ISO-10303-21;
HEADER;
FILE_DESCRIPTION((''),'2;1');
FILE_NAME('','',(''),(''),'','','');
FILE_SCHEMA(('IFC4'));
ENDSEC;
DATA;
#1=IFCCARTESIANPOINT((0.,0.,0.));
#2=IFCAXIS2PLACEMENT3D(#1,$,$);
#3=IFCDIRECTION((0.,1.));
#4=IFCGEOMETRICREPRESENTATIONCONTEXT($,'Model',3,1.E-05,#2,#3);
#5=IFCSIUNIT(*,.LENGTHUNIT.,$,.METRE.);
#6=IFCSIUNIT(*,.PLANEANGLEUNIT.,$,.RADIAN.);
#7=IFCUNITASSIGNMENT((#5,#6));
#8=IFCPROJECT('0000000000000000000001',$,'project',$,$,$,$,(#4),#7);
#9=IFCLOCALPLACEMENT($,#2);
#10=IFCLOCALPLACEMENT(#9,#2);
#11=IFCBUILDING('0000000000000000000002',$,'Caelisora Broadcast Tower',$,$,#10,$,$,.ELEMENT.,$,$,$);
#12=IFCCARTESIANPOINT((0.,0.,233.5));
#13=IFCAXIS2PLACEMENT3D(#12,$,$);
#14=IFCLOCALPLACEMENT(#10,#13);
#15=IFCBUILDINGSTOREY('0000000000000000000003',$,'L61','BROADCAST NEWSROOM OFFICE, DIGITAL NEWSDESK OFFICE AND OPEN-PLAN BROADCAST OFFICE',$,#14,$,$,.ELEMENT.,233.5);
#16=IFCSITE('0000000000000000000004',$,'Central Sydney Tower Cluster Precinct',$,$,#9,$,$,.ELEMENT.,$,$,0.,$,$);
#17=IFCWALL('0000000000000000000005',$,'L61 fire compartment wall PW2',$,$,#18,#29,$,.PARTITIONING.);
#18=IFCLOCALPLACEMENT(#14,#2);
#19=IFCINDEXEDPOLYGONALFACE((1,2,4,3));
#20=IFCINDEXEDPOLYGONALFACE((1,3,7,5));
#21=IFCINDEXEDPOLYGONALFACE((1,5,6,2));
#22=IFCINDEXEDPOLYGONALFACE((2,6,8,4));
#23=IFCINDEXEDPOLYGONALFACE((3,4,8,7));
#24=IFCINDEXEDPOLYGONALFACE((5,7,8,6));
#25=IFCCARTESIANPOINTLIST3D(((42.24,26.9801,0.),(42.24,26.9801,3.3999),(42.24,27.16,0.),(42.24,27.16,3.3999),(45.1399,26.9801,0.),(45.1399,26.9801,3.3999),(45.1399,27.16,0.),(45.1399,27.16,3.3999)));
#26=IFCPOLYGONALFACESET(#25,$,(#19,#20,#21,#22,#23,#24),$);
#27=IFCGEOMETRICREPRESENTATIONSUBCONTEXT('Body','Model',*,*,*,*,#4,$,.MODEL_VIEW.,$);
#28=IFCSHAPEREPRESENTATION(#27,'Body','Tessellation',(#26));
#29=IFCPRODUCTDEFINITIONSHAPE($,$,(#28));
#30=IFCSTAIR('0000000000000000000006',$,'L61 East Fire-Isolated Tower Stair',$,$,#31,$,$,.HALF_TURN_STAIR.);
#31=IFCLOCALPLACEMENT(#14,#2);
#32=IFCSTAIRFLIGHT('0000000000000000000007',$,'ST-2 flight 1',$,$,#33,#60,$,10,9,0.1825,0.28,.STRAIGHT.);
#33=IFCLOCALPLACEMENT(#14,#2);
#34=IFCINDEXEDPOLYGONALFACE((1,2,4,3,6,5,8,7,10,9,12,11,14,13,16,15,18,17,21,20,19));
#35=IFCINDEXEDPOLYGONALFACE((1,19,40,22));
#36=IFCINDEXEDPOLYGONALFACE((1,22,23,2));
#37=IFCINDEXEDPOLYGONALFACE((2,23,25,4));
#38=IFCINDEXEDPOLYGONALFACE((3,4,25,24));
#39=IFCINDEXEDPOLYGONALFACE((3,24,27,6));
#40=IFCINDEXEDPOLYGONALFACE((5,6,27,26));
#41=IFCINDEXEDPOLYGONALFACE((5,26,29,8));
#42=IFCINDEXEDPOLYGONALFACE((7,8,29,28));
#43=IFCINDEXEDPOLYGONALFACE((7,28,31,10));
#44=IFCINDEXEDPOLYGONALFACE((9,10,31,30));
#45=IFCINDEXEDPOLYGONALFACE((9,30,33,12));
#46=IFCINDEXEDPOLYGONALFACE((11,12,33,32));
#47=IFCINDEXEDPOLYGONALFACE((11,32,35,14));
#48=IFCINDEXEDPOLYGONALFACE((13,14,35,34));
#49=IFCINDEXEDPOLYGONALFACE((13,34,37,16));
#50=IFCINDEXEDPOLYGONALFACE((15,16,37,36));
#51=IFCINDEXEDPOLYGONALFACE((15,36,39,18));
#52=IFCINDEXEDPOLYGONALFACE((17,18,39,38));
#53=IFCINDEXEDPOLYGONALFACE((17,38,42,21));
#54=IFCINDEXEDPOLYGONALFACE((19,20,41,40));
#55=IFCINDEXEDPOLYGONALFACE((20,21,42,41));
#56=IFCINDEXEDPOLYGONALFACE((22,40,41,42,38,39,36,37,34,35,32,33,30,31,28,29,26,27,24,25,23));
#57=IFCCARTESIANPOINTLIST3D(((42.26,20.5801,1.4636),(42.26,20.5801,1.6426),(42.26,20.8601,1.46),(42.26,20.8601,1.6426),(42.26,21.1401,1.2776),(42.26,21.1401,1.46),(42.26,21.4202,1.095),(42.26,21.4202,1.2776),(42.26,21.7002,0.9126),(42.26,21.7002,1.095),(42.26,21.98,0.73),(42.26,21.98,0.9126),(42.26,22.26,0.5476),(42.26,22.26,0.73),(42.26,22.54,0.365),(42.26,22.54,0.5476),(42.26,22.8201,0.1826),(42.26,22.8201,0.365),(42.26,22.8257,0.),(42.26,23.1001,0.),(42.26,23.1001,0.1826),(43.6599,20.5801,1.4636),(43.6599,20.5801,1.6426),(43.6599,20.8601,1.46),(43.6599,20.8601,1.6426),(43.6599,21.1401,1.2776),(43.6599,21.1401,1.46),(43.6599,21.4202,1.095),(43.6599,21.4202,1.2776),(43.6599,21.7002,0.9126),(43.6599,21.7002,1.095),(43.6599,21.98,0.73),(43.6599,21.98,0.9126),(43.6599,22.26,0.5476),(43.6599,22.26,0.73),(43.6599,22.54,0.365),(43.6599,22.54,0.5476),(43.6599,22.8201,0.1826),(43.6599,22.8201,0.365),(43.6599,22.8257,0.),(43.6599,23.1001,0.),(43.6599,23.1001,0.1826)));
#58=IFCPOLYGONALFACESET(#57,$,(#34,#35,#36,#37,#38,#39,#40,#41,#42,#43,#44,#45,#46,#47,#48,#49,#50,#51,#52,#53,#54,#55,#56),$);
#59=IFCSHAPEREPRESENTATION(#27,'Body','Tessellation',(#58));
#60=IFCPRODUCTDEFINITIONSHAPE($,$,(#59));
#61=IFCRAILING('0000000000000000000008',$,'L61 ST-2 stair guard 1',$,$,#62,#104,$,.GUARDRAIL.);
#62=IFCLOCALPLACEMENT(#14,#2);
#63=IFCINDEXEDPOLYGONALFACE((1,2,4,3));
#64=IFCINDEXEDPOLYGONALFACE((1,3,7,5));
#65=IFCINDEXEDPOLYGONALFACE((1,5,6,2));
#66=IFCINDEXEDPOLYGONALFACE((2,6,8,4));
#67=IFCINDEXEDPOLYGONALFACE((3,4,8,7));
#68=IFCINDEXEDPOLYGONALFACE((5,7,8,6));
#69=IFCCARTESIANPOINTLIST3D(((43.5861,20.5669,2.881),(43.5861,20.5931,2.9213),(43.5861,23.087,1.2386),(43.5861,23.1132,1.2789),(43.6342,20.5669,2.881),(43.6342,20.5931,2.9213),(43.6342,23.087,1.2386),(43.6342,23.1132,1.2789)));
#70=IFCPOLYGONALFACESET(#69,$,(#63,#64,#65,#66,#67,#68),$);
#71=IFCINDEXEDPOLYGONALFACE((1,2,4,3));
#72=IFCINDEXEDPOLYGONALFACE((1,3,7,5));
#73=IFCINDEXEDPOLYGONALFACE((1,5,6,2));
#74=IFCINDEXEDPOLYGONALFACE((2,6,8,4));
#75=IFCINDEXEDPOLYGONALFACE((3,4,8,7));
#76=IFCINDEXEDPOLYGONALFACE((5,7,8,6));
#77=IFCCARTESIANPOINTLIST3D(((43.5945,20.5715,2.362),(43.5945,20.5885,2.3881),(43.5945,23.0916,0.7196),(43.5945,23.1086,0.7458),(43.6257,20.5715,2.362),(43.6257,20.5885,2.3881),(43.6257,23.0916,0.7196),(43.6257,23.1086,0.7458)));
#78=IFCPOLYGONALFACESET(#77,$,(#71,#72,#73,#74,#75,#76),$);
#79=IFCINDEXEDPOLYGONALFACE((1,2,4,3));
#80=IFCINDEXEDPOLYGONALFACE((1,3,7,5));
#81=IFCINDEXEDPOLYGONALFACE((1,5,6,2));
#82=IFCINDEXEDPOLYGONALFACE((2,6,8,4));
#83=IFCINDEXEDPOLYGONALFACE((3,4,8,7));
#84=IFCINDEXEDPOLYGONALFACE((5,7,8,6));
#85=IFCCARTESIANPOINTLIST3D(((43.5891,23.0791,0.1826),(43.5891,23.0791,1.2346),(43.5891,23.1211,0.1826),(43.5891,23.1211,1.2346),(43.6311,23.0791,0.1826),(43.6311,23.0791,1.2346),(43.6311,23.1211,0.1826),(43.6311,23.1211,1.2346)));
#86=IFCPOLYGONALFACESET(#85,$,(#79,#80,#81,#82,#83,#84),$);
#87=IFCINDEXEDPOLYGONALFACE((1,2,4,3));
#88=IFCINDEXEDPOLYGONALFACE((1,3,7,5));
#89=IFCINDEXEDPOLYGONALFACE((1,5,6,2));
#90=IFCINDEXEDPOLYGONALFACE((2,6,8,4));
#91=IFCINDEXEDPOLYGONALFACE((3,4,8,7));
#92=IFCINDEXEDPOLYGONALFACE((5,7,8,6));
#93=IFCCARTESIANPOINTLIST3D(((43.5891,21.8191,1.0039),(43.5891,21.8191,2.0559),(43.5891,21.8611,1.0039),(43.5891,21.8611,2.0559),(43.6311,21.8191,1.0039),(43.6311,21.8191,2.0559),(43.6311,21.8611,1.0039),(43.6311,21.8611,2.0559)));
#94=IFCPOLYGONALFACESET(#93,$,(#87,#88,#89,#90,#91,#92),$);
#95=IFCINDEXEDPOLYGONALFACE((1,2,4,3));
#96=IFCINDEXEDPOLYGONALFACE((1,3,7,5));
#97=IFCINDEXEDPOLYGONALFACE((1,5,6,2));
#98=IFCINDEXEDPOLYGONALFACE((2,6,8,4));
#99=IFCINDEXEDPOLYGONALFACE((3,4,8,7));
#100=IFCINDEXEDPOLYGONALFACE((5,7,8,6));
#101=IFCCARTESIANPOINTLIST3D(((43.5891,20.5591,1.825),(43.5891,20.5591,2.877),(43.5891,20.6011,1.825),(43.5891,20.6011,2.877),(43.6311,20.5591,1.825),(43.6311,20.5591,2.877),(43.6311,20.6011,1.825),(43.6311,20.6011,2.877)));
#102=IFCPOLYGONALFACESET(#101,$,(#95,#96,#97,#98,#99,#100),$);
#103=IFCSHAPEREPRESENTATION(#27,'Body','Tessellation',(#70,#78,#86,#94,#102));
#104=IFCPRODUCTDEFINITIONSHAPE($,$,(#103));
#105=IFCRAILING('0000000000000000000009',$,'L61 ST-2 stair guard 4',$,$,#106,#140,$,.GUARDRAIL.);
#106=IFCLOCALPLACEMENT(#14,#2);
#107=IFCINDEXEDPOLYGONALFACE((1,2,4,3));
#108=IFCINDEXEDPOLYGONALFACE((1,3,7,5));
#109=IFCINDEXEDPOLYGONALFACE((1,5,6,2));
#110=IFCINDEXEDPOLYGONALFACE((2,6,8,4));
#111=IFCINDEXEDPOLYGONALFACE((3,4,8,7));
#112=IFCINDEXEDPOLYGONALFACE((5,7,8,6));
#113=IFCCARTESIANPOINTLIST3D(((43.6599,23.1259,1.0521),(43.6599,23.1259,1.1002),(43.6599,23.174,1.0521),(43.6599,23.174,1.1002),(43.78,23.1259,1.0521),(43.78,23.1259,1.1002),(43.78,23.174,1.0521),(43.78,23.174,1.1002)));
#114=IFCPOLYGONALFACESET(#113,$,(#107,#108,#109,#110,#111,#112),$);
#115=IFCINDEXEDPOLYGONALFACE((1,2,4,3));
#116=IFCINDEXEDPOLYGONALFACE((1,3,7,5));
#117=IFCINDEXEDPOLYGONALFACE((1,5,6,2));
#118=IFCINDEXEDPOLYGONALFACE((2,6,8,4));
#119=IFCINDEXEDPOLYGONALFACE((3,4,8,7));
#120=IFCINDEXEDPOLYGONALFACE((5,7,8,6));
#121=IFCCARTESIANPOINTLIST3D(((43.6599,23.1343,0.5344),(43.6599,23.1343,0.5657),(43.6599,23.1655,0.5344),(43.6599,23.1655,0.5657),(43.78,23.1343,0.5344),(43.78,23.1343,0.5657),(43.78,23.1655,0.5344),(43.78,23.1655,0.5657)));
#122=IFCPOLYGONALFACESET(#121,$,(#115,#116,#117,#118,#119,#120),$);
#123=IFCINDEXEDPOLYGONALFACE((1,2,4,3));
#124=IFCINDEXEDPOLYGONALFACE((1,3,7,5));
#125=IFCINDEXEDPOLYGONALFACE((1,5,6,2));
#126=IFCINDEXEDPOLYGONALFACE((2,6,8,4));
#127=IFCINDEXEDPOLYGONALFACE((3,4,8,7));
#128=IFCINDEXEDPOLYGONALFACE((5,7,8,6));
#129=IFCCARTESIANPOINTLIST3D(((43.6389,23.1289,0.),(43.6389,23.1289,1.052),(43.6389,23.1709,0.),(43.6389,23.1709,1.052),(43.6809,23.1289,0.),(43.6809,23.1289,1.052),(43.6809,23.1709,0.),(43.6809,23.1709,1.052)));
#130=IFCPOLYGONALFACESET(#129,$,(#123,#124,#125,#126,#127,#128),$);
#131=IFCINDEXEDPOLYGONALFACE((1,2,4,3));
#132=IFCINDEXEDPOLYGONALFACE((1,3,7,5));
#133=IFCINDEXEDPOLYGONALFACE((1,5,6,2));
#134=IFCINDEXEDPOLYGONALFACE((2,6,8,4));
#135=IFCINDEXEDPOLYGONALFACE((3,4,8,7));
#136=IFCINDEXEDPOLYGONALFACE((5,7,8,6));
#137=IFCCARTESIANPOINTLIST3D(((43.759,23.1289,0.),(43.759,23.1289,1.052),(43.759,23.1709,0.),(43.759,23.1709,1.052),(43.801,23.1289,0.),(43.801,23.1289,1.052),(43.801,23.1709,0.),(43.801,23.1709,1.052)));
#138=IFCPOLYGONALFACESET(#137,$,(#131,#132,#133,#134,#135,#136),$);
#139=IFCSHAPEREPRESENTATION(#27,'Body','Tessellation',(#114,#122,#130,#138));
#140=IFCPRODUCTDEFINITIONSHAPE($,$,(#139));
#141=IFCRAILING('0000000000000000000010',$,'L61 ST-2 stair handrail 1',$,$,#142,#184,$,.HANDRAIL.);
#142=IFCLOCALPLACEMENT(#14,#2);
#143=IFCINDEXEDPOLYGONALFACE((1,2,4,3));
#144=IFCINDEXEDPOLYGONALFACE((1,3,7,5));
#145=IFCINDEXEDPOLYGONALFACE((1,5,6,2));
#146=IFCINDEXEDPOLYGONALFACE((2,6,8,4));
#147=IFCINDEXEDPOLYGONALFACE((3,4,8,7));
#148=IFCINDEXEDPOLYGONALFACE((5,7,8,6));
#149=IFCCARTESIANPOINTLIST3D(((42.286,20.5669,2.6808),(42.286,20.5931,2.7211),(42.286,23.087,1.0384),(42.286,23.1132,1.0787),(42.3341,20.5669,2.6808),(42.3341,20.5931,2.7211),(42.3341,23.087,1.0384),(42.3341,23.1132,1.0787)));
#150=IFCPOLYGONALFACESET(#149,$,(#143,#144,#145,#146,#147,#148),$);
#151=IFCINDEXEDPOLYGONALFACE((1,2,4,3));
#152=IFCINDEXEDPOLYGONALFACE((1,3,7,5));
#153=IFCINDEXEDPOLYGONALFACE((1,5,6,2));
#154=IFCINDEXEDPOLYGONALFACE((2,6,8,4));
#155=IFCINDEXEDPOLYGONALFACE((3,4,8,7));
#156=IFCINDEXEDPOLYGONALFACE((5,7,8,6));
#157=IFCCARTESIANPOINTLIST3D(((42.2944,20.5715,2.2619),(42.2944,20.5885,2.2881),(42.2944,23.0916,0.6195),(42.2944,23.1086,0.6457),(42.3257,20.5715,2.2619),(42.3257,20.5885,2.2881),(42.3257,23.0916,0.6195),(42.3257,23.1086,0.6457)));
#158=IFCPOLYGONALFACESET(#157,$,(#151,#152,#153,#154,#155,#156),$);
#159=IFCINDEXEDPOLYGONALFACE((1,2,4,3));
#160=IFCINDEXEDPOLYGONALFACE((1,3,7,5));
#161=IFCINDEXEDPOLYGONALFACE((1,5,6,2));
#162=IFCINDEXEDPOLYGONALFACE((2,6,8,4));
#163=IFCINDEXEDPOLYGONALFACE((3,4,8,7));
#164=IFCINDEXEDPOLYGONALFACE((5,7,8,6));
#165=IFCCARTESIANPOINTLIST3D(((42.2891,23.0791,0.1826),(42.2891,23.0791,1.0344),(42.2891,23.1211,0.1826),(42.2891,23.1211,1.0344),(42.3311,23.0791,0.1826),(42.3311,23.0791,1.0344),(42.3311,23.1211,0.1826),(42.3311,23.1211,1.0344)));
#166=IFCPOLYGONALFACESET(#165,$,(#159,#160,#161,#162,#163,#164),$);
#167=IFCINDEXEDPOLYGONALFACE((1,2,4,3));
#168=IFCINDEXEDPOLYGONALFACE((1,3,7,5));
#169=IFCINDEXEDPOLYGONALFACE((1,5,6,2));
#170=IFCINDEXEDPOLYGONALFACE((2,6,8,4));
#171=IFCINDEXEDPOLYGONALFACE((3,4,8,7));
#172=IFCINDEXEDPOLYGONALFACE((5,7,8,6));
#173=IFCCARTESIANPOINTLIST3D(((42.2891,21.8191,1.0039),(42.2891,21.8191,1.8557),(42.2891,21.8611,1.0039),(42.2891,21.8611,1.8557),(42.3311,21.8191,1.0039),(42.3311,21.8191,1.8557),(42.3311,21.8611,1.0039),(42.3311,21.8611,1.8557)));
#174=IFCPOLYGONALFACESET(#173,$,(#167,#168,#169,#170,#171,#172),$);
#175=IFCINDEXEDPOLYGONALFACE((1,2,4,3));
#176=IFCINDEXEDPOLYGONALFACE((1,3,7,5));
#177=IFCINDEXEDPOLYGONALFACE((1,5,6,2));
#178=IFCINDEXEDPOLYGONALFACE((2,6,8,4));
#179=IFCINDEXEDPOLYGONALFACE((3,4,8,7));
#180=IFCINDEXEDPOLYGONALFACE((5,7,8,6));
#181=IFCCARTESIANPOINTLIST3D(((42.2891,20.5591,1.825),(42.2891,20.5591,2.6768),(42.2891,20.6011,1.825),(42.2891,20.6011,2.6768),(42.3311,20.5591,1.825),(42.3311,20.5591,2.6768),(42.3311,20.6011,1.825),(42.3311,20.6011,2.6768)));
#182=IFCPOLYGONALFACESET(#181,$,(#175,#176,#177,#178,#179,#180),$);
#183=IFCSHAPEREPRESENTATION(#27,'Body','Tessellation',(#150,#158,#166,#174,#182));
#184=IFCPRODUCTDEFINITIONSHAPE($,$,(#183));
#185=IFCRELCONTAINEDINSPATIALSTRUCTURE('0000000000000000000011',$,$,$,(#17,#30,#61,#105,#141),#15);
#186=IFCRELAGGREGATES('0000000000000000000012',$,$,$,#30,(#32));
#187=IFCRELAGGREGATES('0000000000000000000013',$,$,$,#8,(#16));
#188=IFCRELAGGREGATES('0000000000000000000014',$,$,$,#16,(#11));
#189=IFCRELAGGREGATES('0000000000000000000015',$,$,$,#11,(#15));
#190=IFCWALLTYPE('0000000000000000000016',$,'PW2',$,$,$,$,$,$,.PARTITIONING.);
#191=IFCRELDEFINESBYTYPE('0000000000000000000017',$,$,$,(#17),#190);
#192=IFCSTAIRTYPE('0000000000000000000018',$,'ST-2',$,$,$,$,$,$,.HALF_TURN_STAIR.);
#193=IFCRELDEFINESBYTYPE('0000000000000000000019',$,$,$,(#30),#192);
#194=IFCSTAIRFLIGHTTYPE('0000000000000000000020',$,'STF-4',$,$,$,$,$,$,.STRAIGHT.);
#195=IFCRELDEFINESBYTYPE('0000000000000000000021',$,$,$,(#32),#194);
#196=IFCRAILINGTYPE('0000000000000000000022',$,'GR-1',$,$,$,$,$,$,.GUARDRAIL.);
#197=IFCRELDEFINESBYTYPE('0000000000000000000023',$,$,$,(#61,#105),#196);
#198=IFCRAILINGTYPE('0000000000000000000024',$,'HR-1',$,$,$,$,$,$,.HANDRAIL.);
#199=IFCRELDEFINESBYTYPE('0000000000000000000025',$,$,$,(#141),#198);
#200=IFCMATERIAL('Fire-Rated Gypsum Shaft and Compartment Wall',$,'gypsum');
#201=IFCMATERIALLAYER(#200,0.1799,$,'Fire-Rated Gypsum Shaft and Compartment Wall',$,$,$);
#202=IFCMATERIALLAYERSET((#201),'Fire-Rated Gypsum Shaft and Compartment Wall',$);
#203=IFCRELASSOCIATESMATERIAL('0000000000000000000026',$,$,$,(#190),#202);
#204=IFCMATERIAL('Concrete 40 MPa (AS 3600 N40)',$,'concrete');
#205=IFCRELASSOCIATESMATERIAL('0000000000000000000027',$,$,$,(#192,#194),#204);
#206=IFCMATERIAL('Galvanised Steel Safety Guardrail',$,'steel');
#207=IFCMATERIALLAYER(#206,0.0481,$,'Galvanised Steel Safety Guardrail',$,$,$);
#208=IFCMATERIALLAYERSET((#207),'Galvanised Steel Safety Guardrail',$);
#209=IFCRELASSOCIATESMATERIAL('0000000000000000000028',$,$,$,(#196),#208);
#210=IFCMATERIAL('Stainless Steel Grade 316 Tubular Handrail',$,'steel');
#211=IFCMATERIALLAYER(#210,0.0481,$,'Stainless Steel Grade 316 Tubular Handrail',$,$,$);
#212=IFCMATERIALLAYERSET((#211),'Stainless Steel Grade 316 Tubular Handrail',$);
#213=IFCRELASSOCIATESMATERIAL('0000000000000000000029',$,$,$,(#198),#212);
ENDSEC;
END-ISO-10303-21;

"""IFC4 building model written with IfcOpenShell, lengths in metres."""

from ifc_helpers import new_model, si_unit, direction, frame, frame_2d, origin, origin_2d, place, context, subcontext, project, spatial, polyline, rectangle, outline, extrude, material, layer, layer_set, type_object, element, aggregate, save


model = new_model("IFC4")

# Units and contexts
model_context = context("Model", 3, precision=1e-05, world=origin(), true_north=direction((0.0, 1.0)))
body_context = subcontext(model_context, "Body", "Model", "MODEL_VIEW")
ifc_project = project(units=[si_unit("LENGTHUNIT", "METRE"), si_unit("PLANEANGLEUNIT", "RADIAN")], contexts=[model_context])

# Site, building, storey
site_placement = place(None, origin())
site = spatial("IfcSite", under=ifc_project, at=site_placement, Name="Central Sydney Tower Cluster Precinct", CompositionType="ELEMENT", RefElevation=0.0)
building_placement = place(site_placement, origin())
building = spatial("IfcBuilding", under=site, at=building_placement, Name="Caelisora Broadcast Tower", CompositionType="ELEMENT")
storey_placement = place(building_placement, frame((0.0, 0.0, 233.5)))
storey = spatial("IfcBuildingStorey", under=building, at=storey_placement, Name="L61", Description="BROADCAST NEWSROOM OFFICE, DIGITAL NEWSDESK OFFICE AND OPEN-PLAN BROADCAST OFFICE", CompositionType="ELEMENT", Elevation=233.5)

# Shared definitions
ifc_material_1 = material(Name="Concrete 40 MPa (AS 3600 N40)", Category="concrete")

# Shared definitions
ifc_material_2 = material(Name="Fire-Rated Gypsum Shaft and Compartment Wall", Category="gypsum")
ifc_layer_1 = layer(ifc_material_2, 0.1799, Name="Fire-Rated Gypsum Shaft and Compartment Wall")
ifc_layer_set_1 = layer_set([ifc_layer_1], Name="Fire-Rated Gypsum Shaft and Compartment Wall")
wall_type_1 = type_object("IfcWallType", Name="PW2", PredefinedType="PARTITIONING", material=ifc_layer_set_1)

# Wall
wall_1_placement = place(storey_placement, frame((42.24, 27.0701, 0.0), z_axis=(0.0, 0.0, 1.0), x_axis=(1.0, 0.0, 0.0)))
element("IfcWall", 1, at=wall_1_placement, inside=storey, type_object=wall_type_1, Name="L61 fire compartment wall PW2", PredefinedType="PARTITIONING", context=body_context, shape_type="SweptSolid", body=[
    extrude(rectangle(XDim=2.8999, YDim=0.1799, at=frame_2d((1.45, 0.0))), origin(), (0.0, 0.0, 1.0), 3.3999),
])

# Stair, stair flight
stair_type = type_object("IfcStairType", Name="ST-2", PredefinedType="HALF_TURN_STAIR", material=ifc_material_1)
stair_placement = place(storey_placement, origin())
stair = element("IfcStair", 2, at=stair_placement, inside=storey, type_object=stair_type, Name="L61 East Fire-Isolated Tower Stair", PredefinedType="HALF_TURN_STAIR")
stair_flight_type = type_object("IfcStairFlightType", Name="STF-4", PredefinedType="STRAIGHT", material=ifc_material_1)
stair_flight_placement = place(storey_placement, frame((42.96, 23.1001, 0.0), z_axis=(0.0, 0.0, 1.0), x_axis=(0.0, -1.0, 0.0)))
stair_flight = element("IfcStairFlight", 3, at=stair_flight_placement, type_object=stair_flight_type, Name="ST-2 flight 1", NumberOfRisers=10, NumberOfTreads=9, PredefinedType="STRAIGHT", RiserHeight=0.1825, TreadLength=0.28, context=body_context, shape_type="SweptSolid", body=[
    extrude(outline(polyline([(0.0, 0.0), (0.0, 0.1826), (0.28, 0.1826), (0.28, 0.365), (0.5601, 0.365), (0.5601, 0.5476), (0.8401, 0.5476), (0.8401, 0.73), (1.1201, 0.73), (1.1201, 0.9126), (1.3999, 0.9126), (1.3999, 1.095), (1.6799, 1.095), (1.6799, 1.2776), (1.96, 1.2776), (1.96, 1.46), (2.24, 1.46), (2.24, 1.6426), (2.52, 1.6426), (2.52, 1.825), (2.52, 1.4636), (0.2744, 0.0), (0.0, 0.0)])), frame((0.0, 0.7, 0.0), z_axis=(0.0, -1.0, 0.0), x_axis=(1.0, 0.0, 0.0)), (0.0, 0.0, 1.0), 1.3999),
])
aggregate(stair, [stair_flight])

# Railings
ifc_material_3 = material(Name="Galvanised Steel Safety Guardrail", Category="steel")
ifc_layer_2 = layer(ifc_material_3, 0.0481, Name="Galvanised Steel Safety Guardrail")
ifc_layer_set_2 = layer_set([ifc_layer_2], Name="Galvanised Steel Safety Guardrail")
railing_type_1 = type_object("IfcRailingType", Name="GR-1", PredefinedType="GUARDRAIL", material=ifc_layer_set_2)
railing_1_placement = place(storey_placement, frame((43.6101, 23.1001, 0.1826)))
element("IfcRailing", 4, at=railing_1_placement, inside=storey, type_object=railing_type_1, Name="L61 ST-2 stair guard 1", PredefinedType="GUARDRAIL", context=body_context, shape_type="SweptSolid", body=[
    extrude(rectangle(XDim=0.0481, YDim=0.0481, at=origin_2d()), frame((0.0, 0.0, 1.0762), z_axis=(0.0, -0.837787, 0.545998), x_axis=(1.0, 0.0, 0.0)), (0.0, 0.0, 1.0), 3.0081),
    extrude(rectangle(XDim=0.0312, YDim=0.0312, at=origin_2d()), frame((0.0, 0.0, 0.55), z_axis=(0.0, -0.837787, 0.545998), x_axis=(1.0, 0.0, 0.0)), (0.0, 0.0, 1.0), 3.0081),
    extrude(rectangle(XDim=0.042, YDim=0.042, at=origin_2d()), origin(), (0.0, 0.0, 1.0), 1.052),
    extrude(rectangle(XDim=0.042, YDim=0.042, at=origin_2d()), frame((0.0, -1.26, 0.8213)), (0.0, 0.0, 1.0), 1.052),
    extrude(rectangle(XDim=0.042, YDim=0.042, at=origin_2d()), frame((0.0, -2.52, 1.6423)), (0.0, 0.0, 1.0), 1.052),
])
railing_2_placement = place(storey_placement, frame((43.6599, 23.1499, 0.0)))
element("IfcRailing", 5, at=railing_2_placement, inside=storey, type_object=railing_type_1, Name="L61 ST-2 stair guard 4", PredefinedType="GUARDRAIL", context=body_context, shape_type="SweptSolid", body=[
    extrude(rectangle(XDim=0.0481, YDim=0.0481, at=origin_2d()), frame((0.0, 0.0, 1.0762), z_axis=(1.0, 0.0, 0.0), x_axis=(0.0, 1.0, 0.0)), (0.0, 0.0, 1.0), 0.1201),
    extrude(rectangle(XDim=0.0312, YDim=0.0312, at=origin_2d()), frame((0.0, 0.0, 0.55), z_axis=(1.0, 0.0, 0.0), x_axis=(0.0, 1.0, 0.0)), (0.0, 0.0, 1.0), 0.1201),
    extrude(rectangle(XDim=0.042, YDim=0.042, at=origin_2d()), origin(), (0.0, 0.0, 1.0), 1.052),
    extrude(rectangle(XDim=0.042, YDim=0.042, at=origin_2d()), frame((0.1201, 0.0, 0.0)), (0.0, 0.0, 1.0), 1.052),
])
ifc_material_4 = material(Name="Stainless Steel Grade 316 Tubular Handrail", Category="steel")
ifc_layer_3 = layer(ifc_material_4, 0.0481, Name="Stainless Steel Grade 316 Tubular Handrail")
ifc_layer_set_3 = layer_set([ifc_layer_3], Name="Stainless Steel Grade 316 Tubular Handrail")
railing_type_2 = type_object("IfcRailingType", Name="HR-1", PredefinedType="HANDRAIL", material=ifc_layer_set_3)
railing_3_placement = place(storey_placement, frame((42.3101, 23.1001, 0.1826)))
element("IfcRailing", 6, at=railing_3_placement, inside=storey, type_object=railing_type_2, Name="L61 ST-2 stair handrail 1", PredefinedType="HANDRAIL", context=body_context, shape_type="SweptSolid", body=[
    extrude(rectangle(XDim=0.0481, YDim=0.0481, at=origin_2d()), frame((0.0, 0.0, 0.876), z_axis=(0.0, -0.837787, 0.545998), x_axis=(1.0, 0.0, 0.0)), (0.0, 0.0, 1.0), 3.0081),
    extrude(rectangle(XDim=0.0312, YDim=0.0312, at=origin_2d()), frame((0.0, 0.0, 0.45), z_axis=(0.0, -0.837787, 0.545998), x_axis=(1.0, 0.0, 0.0)), (0.0, 0.0, 1.0), 3.0081),
    extrude(rectangle(XDim=0.042, YDim=0.042, at=origin_2d()), origin(), (0.0, 0.0, 1.0), 0.8518),
    extrude(rectangle(XDim=0.042, YDim=0.042, at=origin_2d()), frame((0.0, -1.26, 0.8213)), (0.0, 0.0, 1.0), 0.8518),
    extrude(rectangle(XDim=0.042, YDim=0.042, at=origin_2d()), frame((0.0, -2.52, 1.6423)), (0.0, 0.0, 1.0), 0.8518),
])

save(model, "model.ifc")
